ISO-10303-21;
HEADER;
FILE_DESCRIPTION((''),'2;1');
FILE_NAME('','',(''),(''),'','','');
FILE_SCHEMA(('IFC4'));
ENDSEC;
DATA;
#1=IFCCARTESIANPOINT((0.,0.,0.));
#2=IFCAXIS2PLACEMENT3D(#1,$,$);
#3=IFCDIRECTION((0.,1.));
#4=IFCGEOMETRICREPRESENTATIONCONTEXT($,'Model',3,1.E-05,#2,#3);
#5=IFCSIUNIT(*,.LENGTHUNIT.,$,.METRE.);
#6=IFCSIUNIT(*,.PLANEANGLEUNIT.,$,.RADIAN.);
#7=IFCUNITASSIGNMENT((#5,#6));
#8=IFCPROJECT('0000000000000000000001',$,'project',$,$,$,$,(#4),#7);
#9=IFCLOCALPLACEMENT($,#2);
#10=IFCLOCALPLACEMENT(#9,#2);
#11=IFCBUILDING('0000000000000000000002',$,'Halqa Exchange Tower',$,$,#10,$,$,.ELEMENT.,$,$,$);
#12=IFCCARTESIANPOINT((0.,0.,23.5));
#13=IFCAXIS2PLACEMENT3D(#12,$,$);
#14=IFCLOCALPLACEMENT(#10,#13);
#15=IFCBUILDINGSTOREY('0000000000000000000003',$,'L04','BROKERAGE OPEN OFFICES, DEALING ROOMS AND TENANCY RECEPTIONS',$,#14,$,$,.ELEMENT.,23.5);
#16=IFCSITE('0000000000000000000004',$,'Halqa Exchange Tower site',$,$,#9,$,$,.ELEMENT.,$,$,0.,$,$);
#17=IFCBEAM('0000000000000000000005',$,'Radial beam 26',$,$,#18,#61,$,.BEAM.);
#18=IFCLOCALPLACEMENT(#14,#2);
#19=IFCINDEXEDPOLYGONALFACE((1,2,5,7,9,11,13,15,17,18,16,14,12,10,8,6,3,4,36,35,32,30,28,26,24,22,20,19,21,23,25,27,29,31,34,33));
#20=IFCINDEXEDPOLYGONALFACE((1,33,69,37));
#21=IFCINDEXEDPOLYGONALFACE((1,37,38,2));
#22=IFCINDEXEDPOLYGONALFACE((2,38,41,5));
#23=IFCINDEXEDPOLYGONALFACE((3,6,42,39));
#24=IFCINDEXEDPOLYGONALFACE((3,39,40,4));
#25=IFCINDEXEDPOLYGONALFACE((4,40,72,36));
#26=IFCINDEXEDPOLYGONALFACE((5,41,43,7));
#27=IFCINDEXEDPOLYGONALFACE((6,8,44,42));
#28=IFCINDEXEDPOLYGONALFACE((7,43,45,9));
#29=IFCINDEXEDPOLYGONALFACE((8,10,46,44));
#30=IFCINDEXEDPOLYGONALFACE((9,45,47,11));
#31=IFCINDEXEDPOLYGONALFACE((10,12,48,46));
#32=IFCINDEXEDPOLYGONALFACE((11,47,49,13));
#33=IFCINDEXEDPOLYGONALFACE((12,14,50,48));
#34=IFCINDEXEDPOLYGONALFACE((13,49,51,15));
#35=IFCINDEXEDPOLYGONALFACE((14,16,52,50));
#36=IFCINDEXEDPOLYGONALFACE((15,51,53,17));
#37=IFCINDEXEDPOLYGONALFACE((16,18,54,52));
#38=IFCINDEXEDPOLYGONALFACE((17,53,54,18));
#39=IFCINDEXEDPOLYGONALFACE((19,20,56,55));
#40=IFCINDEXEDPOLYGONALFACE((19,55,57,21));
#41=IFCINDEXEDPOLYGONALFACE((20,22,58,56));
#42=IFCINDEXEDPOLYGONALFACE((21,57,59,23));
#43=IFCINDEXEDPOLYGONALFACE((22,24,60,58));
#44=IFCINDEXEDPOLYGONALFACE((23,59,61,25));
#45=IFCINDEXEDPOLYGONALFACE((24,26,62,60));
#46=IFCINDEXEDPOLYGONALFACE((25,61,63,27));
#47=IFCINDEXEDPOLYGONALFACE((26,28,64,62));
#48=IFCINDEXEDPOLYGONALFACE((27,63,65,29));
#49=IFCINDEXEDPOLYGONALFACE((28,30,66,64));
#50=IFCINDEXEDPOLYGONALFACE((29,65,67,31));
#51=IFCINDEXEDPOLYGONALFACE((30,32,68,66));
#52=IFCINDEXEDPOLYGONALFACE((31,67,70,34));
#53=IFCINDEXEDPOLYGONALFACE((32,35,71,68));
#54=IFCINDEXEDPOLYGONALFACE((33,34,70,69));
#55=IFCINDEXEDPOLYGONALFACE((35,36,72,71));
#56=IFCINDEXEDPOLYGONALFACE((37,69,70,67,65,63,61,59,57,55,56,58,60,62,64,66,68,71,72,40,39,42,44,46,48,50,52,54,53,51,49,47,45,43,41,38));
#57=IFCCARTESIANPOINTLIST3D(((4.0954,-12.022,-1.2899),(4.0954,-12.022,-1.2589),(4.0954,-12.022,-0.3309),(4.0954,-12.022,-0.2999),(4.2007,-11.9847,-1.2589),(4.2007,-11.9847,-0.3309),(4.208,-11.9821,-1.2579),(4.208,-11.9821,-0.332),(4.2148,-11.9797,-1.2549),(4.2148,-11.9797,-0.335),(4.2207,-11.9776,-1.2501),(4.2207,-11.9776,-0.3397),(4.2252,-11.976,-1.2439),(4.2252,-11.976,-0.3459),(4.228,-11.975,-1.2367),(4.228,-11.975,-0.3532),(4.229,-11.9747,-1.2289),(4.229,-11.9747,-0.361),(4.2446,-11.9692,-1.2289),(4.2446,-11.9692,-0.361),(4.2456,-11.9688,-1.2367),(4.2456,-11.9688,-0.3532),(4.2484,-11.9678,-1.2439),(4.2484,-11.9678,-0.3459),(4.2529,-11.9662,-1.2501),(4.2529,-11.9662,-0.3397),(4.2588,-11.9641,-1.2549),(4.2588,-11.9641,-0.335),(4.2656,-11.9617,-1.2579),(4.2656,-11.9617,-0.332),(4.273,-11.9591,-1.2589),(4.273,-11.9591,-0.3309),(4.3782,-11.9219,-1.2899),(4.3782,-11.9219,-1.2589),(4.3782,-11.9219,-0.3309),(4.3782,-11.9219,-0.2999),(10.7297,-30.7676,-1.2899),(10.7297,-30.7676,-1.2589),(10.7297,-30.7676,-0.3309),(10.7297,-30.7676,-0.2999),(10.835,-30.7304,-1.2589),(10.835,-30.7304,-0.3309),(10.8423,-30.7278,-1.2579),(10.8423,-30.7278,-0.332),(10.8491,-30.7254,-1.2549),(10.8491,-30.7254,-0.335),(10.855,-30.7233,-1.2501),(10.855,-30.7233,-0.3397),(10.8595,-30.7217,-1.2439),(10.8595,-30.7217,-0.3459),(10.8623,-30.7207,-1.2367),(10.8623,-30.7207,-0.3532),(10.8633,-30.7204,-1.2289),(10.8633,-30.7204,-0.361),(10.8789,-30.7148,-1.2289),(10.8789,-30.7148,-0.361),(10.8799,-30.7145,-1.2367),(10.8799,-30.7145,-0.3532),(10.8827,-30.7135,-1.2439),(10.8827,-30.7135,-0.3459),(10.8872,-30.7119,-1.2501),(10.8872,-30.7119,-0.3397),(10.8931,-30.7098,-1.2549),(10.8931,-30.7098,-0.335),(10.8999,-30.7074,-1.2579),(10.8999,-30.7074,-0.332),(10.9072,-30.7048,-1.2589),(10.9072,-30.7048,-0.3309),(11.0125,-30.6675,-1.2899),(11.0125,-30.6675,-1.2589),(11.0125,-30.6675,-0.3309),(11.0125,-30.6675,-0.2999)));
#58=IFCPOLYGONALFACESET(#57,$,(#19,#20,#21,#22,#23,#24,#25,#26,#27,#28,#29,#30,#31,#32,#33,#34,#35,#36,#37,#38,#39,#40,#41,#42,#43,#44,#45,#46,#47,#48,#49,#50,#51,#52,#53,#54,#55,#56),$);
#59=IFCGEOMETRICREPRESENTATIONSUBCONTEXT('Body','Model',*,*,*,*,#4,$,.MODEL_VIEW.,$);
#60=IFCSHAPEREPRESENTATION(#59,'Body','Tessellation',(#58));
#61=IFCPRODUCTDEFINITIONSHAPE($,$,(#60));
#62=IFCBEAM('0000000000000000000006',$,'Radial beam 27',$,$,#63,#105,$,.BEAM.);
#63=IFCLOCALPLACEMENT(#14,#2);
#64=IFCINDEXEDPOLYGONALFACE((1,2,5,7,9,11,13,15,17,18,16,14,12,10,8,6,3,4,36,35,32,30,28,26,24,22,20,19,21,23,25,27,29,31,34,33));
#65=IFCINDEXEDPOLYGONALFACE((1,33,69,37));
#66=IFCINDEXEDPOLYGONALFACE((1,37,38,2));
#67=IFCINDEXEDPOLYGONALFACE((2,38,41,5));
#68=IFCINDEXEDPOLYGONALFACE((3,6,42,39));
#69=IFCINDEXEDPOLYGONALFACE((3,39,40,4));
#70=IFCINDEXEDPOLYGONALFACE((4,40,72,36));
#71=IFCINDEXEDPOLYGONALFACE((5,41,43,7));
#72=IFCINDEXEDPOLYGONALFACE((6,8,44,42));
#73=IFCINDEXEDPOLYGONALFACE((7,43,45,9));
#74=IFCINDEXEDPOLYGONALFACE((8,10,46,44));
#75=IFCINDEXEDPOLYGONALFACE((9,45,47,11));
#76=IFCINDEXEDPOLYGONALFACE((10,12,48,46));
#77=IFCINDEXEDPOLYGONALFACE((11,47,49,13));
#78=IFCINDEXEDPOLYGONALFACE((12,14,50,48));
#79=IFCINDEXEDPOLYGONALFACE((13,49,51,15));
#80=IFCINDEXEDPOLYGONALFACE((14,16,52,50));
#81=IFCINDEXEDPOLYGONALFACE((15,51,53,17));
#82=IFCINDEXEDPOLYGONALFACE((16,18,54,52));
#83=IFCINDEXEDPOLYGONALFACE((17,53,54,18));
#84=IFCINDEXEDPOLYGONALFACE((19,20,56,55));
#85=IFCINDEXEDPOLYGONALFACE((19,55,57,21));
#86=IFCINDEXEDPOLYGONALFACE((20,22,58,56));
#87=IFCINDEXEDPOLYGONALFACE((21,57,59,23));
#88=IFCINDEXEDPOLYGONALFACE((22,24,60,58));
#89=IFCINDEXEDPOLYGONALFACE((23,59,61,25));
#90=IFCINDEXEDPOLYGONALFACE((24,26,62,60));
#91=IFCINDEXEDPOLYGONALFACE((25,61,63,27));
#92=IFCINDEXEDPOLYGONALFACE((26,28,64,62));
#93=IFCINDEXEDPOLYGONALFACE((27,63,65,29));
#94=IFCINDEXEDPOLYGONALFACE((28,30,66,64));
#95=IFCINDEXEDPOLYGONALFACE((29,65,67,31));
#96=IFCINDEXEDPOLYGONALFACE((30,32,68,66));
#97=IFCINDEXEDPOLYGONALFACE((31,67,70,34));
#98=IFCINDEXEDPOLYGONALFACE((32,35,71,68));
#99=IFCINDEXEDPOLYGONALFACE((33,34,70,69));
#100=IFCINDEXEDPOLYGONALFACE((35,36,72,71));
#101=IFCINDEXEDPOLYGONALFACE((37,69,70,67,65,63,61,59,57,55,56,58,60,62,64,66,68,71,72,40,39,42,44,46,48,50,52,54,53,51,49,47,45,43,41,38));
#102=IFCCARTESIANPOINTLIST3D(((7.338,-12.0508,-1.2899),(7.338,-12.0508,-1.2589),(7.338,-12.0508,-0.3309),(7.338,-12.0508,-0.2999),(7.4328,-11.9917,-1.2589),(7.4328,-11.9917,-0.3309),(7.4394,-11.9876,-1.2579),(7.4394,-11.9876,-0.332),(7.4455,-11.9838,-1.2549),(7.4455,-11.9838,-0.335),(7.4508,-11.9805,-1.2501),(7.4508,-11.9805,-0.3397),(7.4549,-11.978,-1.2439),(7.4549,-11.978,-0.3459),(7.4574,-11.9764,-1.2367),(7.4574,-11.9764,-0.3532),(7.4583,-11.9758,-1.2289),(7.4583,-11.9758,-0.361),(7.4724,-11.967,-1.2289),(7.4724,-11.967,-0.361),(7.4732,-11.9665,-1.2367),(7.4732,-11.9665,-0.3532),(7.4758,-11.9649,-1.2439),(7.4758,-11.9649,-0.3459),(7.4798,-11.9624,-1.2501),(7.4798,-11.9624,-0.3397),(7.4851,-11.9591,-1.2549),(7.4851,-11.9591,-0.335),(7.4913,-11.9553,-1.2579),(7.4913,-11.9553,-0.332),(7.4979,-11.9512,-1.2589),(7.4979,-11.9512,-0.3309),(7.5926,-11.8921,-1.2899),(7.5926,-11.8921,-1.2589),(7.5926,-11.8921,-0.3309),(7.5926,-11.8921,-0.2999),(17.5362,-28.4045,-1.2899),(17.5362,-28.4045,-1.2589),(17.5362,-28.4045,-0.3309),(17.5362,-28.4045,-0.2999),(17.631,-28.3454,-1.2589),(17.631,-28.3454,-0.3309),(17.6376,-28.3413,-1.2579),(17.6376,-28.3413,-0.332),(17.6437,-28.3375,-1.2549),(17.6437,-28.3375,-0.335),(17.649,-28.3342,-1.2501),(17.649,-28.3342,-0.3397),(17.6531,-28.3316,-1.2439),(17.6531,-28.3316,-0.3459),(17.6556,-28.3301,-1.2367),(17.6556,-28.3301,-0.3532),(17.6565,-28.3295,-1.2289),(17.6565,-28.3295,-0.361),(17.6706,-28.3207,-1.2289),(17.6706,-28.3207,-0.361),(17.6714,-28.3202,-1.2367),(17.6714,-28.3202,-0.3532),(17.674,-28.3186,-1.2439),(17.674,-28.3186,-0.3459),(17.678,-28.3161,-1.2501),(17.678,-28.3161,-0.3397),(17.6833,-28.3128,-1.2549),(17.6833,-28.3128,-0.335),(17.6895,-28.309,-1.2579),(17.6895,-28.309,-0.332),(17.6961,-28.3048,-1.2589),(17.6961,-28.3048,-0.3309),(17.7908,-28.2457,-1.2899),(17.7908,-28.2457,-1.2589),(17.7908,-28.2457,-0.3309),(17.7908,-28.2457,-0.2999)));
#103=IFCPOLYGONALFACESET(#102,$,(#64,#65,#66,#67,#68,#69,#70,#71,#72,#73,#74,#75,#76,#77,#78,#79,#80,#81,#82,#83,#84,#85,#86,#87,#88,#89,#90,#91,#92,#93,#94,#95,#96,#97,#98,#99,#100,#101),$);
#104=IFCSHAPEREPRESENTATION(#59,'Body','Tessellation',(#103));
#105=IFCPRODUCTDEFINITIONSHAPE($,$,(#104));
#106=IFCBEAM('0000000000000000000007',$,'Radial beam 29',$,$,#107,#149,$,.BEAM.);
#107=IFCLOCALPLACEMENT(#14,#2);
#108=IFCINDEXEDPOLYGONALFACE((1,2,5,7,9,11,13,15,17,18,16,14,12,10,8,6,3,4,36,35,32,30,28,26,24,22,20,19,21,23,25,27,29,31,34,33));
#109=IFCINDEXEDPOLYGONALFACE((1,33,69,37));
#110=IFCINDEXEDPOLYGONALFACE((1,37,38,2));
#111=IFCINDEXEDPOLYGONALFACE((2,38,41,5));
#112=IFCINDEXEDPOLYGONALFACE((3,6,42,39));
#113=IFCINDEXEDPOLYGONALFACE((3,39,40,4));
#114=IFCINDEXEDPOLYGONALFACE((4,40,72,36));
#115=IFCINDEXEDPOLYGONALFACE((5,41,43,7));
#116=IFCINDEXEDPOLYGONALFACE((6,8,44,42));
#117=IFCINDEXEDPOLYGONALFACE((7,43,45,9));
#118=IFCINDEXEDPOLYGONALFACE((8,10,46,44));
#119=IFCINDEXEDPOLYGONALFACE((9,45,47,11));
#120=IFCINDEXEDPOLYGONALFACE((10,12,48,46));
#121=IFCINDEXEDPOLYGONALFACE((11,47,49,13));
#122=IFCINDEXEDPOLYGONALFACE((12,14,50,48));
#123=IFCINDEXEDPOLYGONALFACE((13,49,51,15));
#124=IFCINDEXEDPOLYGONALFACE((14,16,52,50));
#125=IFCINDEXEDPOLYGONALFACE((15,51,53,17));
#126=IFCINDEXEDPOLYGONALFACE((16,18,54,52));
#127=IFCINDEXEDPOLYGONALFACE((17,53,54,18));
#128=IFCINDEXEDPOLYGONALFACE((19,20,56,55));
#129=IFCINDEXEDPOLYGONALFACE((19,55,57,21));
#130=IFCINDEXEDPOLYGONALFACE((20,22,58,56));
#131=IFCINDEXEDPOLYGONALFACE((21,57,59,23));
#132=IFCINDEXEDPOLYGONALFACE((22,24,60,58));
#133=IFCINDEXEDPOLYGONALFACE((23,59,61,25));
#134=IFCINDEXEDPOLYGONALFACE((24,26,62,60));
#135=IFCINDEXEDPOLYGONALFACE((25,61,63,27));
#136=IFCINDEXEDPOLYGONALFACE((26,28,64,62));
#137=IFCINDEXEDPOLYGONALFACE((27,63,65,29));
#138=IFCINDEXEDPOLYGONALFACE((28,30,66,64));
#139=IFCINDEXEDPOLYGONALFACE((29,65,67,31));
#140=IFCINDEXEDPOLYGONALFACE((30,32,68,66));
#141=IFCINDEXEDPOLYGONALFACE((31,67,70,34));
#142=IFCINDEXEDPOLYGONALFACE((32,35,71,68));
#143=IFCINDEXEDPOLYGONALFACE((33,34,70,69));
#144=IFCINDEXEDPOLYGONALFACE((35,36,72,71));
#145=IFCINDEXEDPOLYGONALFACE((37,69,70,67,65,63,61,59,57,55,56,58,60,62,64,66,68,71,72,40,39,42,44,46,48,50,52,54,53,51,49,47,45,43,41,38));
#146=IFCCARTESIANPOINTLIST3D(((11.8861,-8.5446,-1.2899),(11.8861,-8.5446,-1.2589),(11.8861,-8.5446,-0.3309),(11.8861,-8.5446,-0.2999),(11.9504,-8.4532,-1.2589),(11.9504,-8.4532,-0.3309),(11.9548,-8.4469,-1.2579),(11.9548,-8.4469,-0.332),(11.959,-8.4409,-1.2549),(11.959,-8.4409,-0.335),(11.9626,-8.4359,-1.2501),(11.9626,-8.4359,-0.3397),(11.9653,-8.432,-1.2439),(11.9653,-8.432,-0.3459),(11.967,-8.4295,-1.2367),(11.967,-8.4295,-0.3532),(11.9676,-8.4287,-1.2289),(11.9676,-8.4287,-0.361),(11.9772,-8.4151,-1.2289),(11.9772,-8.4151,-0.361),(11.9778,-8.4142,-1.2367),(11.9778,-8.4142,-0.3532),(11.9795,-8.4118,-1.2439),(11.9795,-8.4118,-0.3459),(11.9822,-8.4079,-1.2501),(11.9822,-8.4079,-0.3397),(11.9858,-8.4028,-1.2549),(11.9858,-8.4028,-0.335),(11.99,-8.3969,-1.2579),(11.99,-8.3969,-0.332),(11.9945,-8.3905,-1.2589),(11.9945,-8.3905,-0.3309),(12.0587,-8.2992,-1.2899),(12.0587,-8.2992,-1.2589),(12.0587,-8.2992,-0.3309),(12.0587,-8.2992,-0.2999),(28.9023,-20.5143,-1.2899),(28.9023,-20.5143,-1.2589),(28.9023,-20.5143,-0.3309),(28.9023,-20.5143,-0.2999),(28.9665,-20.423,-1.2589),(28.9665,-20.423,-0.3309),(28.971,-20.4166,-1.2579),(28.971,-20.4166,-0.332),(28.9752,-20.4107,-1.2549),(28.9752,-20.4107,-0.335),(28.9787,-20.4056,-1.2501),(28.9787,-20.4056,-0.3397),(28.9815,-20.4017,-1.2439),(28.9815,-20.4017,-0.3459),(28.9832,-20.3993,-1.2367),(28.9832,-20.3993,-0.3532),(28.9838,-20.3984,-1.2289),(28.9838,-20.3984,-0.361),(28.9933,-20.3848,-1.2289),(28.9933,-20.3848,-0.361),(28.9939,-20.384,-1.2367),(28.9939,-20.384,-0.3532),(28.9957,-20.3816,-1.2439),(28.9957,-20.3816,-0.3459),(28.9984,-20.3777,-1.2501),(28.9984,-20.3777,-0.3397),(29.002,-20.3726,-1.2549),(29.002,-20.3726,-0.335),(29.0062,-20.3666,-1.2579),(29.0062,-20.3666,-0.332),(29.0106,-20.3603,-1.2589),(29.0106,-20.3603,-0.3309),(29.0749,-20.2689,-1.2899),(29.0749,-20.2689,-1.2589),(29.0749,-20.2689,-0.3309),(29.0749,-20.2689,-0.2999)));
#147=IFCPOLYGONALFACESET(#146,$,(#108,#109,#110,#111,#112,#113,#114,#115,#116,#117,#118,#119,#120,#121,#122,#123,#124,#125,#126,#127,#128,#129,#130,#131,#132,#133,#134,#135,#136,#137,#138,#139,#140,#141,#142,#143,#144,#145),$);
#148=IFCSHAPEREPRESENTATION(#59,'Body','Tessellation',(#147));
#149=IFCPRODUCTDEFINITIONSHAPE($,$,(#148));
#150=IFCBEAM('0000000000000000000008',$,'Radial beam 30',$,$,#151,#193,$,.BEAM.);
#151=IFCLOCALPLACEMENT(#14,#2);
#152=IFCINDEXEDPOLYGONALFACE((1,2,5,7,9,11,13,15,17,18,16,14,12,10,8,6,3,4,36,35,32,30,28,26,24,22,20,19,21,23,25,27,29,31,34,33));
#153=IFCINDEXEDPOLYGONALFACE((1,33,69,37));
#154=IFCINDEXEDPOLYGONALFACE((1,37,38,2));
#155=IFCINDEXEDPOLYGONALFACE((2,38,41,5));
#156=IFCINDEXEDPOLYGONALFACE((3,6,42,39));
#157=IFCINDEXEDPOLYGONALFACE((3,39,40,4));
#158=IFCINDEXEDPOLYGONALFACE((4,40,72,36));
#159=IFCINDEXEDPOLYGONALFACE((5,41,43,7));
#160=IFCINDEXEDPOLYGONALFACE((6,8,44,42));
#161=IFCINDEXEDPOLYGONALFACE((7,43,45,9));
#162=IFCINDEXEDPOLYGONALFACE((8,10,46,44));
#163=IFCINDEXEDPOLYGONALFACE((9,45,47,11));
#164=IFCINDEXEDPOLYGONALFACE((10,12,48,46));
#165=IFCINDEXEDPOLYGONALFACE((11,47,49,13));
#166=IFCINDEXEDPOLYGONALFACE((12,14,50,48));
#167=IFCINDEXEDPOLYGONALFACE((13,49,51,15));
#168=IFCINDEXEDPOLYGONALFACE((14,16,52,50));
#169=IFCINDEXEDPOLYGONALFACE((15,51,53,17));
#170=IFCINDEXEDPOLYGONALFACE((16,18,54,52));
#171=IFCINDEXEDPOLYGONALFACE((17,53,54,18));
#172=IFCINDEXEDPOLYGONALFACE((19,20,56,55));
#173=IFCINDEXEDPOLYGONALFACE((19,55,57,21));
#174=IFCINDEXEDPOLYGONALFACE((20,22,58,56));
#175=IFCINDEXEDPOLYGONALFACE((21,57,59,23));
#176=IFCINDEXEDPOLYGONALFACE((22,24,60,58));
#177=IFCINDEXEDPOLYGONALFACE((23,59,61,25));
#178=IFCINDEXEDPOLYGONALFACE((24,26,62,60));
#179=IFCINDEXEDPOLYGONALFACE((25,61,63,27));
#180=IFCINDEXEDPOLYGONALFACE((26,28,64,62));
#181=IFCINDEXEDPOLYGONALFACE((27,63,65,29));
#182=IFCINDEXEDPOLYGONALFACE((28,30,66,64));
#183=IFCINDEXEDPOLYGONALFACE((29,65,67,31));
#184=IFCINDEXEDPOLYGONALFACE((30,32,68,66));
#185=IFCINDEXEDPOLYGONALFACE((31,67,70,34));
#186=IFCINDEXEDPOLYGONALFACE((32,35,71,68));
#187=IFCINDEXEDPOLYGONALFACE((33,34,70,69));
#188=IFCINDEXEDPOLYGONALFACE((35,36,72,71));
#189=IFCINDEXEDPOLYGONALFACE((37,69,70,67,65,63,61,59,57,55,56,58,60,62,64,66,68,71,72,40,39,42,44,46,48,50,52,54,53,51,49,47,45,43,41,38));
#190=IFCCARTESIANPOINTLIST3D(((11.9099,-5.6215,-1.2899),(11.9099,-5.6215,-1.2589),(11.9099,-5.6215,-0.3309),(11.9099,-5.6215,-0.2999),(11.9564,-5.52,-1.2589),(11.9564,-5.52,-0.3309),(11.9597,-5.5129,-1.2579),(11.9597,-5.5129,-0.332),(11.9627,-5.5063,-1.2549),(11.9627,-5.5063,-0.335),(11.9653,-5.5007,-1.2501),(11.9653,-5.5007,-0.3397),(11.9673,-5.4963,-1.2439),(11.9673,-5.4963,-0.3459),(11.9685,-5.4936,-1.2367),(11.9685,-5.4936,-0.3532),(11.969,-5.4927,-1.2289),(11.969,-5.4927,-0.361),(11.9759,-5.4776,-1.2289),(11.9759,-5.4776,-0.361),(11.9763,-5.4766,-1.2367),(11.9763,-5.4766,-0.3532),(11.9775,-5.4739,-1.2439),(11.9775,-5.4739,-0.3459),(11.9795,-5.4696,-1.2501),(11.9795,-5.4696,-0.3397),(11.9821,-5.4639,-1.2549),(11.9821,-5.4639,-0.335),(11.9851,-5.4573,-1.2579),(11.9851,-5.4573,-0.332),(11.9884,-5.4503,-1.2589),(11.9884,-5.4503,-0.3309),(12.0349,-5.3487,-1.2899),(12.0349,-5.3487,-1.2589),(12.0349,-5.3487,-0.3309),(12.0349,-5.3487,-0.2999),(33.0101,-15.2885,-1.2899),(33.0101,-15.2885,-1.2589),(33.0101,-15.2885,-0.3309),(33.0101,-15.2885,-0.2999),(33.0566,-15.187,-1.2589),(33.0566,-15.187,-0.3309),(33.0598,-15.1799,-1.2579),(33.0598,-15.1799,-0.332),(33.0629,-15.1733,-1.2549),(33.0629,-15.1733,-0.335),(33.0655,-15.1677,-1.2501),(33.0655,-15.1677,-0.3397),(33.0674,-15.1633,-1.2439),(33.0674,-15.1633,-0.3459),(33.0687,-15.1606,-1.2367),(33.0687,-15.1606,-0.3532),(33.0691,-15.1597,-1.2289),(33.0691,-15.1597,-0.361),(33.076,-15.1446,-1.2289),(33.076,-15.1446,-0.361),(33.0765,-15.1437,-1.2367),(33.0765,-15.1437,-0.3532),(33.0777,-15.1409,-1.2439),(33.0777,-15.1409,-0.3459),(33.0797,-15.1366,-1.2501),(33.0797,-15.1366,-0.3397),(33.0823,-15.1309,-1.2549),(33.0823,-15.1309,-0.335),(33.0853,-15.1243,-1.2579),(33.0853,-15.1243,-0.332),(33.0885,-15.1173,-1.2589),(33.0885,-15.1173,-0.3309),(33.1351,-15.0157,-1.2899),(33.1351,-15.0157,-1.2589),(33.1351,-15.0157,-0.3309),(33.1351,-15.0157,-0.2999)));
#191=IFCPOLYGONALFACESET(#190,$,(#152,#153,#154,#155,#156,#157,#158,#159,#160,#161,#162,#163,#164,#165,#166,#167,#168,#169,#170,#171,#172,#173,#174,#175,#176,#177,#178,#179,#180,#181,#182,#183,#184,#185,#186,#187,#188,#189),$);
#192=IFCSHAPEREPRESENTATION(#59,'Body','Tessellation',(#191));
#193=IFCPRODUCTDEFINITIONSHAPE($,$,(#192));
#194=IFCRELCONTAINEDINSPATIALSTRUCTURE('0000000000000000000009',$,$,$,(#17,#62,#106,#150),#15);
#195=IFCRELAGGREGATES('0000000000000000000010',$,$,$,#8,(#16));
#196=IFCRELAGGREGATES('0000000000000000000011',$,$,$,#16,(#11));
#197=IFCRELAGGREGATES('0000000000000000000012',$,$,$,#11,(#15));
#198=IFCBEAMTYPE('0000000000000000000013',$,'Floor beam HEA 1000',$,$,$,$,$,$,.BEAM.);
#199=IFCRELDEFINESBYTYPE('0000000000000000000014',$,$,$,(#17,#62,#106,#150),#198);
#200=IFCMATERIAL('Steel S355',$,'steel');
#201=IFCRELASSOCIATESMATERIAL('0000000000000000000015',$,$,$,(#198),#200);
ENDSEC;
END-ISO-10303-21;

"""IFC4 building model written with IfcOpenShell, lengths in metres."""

from ifc_helpers import new_model, si_unit, direction, frame, origin, origin_2d, place, context, subcontext, project, spatial, i_section, extrude, material, material_profile, profile_set, type_object, element, save


model = new_model("IFC4")

# Units and contexts
model_context = context("Model", 3, precision=1e-05, world=origin(), true_north=direction((0.0, 1.0)))
body_context = subcontext(model_context, "Body", "Model", "MODEL_VIEW")
ifc_project = project(units=[si_unit("LENGTHUNIT", "METRE"), si_unit("PLANEANGLEUNIT", "RADIAN")], contexts=[model_context])

# Site, building, storey
site_placement = place(None, origin())
site = spatial("IfcSite", under=ifc_project, at=site_placement, Name="Halqa Exchange Tower site", CompositionType="ELEMENT", RefElevation=0.0)
building_placement = place(site_placement, origin())
building = spatial("IfcBuilding", under=site, at=building_placement, Name="Halqa Exchange Tower", CompositionType="ELEMENT")
storey_placement = place(building_placement, frame((0.0, 0.0, 23.5)))
storey = spatial("IfcBuildingStorey", under=building, at=storey_placement, Name="L04", Description="BROKERAGE OPEN OFFICES, DEALING ROOMS AND TENANCY RECEPTIONS", CompositionType="ELEMENT", Elevation=23.5)

# Beams
ifc_material_1 = material(Name="Steel S355", Category="steel")
ifc_material_profile_1 = material_profile(ifc_material_1, i_section(OverallWidth=0.3, OverallDepth=0.99, WebThickness=0.0166, FlangeThickness=0.031, FilletRadius=0.03, at=origin_2d()), Name="HEA 1000")
ifc_profile_set_1 = profile_set([ifc_material_profile_1], Name="Steel S355")
beam_type_1 = type_object("IfcBeamType", Name="Floor beam HEA 1000", PredefinedType="BEAM", material=ifc_profile_set_1)
beam_1_placement = place(storey_placement, frame((4.2368, -11.9719, -0.7949), z_axis=(0.333633, -0.942703, 0.0), x_axis=(0.942703, 0.333633, 0.0)))
element("IfcBeam", 1, at=beam_1_placement, inside=storey, type_object=beam_type_1, Name="Radial beam 26", PredefinedType="BEAM", context=body_context, shape_type="SweptSolid", body=[
    extrude(i_section(OverallWidth=0.3, OverallDepth=0.99, WebThickness=0.0166, FlangeThickness=0.031, FilletRadius=0.03, at=origin_2d()), origin(), (0.0, 0.0, 1.0), 19.885),
])
beam_2_placement = place(storey_placement, frame((7.4653, -11.9714, -0.7949), z_axis=(0.529146, -0.848531, 0.0), x_axis=(0.848531, 0.529146, 0.0)))
element("IfcBeam", 2, at=beam_2_placement, inside=storey, type_object=beam_type_1, Name="Radial beam 27", PredefinedType="BEAM", context=body_context, shape_type="SweptSolid", body=[
    extrude(i_section(OverallWidth=0.3, OverallDepth=0.99, WebThickness=0.0166, FlangeThickness=0.031, FilletRadius=0.03, at=origin_2d()), origin(), (0.0, 0.0, 1.0), 19.2729),
])
beam_3_placement = place(storey_placement, frame((11.9724, -8.4219, -0.7949), z_axis=(0.81791, -0.575346, 0.0), x_axis=(0.575346, 0.81791, 0.0)))
element("IfcBeam", 3, at=beam_3_placement, inside=storey, type_object=beam_type_1, Name="Radial beam 29", PredefinedType="BEAM", context=body_context, shape_type="SweptSolid", body=[
    extrude(i_section(OverallWidth=0.3, OverallDepth=0.99, WebThickness=0.0166, FlangeThickness=0.031, FilletRadius=0.03, at=origin_2d()), origin(), (0.0, 0.0, 1.0), 20.8044),
])
beam_4_placement = place(storey_placement, frame((11.9724, -5.4851, -0.7949), z_axis=(0.909128, -0.416516, 0.0), x_axis=(0.416516, 0.909128, 0.0)))
element("IfcBeam", 4, at=beam_4_placement, inside=storey, type_object=beam_type_1, Name="Radial beam 30", PredefinedType="BEAM", context=body_context, shape_type="SweptSolid", body=[
    extrude(i_section(OverallWidth=0.3, OverallDepth=0.99, WebThickness=0.0166, FlangeThickness=0.031, FilletRadius=0.03, at=origin_2d()), origin(), (0.0, 0.0, 1.0), 23.2092),
])

save(model, "model.ifc")
